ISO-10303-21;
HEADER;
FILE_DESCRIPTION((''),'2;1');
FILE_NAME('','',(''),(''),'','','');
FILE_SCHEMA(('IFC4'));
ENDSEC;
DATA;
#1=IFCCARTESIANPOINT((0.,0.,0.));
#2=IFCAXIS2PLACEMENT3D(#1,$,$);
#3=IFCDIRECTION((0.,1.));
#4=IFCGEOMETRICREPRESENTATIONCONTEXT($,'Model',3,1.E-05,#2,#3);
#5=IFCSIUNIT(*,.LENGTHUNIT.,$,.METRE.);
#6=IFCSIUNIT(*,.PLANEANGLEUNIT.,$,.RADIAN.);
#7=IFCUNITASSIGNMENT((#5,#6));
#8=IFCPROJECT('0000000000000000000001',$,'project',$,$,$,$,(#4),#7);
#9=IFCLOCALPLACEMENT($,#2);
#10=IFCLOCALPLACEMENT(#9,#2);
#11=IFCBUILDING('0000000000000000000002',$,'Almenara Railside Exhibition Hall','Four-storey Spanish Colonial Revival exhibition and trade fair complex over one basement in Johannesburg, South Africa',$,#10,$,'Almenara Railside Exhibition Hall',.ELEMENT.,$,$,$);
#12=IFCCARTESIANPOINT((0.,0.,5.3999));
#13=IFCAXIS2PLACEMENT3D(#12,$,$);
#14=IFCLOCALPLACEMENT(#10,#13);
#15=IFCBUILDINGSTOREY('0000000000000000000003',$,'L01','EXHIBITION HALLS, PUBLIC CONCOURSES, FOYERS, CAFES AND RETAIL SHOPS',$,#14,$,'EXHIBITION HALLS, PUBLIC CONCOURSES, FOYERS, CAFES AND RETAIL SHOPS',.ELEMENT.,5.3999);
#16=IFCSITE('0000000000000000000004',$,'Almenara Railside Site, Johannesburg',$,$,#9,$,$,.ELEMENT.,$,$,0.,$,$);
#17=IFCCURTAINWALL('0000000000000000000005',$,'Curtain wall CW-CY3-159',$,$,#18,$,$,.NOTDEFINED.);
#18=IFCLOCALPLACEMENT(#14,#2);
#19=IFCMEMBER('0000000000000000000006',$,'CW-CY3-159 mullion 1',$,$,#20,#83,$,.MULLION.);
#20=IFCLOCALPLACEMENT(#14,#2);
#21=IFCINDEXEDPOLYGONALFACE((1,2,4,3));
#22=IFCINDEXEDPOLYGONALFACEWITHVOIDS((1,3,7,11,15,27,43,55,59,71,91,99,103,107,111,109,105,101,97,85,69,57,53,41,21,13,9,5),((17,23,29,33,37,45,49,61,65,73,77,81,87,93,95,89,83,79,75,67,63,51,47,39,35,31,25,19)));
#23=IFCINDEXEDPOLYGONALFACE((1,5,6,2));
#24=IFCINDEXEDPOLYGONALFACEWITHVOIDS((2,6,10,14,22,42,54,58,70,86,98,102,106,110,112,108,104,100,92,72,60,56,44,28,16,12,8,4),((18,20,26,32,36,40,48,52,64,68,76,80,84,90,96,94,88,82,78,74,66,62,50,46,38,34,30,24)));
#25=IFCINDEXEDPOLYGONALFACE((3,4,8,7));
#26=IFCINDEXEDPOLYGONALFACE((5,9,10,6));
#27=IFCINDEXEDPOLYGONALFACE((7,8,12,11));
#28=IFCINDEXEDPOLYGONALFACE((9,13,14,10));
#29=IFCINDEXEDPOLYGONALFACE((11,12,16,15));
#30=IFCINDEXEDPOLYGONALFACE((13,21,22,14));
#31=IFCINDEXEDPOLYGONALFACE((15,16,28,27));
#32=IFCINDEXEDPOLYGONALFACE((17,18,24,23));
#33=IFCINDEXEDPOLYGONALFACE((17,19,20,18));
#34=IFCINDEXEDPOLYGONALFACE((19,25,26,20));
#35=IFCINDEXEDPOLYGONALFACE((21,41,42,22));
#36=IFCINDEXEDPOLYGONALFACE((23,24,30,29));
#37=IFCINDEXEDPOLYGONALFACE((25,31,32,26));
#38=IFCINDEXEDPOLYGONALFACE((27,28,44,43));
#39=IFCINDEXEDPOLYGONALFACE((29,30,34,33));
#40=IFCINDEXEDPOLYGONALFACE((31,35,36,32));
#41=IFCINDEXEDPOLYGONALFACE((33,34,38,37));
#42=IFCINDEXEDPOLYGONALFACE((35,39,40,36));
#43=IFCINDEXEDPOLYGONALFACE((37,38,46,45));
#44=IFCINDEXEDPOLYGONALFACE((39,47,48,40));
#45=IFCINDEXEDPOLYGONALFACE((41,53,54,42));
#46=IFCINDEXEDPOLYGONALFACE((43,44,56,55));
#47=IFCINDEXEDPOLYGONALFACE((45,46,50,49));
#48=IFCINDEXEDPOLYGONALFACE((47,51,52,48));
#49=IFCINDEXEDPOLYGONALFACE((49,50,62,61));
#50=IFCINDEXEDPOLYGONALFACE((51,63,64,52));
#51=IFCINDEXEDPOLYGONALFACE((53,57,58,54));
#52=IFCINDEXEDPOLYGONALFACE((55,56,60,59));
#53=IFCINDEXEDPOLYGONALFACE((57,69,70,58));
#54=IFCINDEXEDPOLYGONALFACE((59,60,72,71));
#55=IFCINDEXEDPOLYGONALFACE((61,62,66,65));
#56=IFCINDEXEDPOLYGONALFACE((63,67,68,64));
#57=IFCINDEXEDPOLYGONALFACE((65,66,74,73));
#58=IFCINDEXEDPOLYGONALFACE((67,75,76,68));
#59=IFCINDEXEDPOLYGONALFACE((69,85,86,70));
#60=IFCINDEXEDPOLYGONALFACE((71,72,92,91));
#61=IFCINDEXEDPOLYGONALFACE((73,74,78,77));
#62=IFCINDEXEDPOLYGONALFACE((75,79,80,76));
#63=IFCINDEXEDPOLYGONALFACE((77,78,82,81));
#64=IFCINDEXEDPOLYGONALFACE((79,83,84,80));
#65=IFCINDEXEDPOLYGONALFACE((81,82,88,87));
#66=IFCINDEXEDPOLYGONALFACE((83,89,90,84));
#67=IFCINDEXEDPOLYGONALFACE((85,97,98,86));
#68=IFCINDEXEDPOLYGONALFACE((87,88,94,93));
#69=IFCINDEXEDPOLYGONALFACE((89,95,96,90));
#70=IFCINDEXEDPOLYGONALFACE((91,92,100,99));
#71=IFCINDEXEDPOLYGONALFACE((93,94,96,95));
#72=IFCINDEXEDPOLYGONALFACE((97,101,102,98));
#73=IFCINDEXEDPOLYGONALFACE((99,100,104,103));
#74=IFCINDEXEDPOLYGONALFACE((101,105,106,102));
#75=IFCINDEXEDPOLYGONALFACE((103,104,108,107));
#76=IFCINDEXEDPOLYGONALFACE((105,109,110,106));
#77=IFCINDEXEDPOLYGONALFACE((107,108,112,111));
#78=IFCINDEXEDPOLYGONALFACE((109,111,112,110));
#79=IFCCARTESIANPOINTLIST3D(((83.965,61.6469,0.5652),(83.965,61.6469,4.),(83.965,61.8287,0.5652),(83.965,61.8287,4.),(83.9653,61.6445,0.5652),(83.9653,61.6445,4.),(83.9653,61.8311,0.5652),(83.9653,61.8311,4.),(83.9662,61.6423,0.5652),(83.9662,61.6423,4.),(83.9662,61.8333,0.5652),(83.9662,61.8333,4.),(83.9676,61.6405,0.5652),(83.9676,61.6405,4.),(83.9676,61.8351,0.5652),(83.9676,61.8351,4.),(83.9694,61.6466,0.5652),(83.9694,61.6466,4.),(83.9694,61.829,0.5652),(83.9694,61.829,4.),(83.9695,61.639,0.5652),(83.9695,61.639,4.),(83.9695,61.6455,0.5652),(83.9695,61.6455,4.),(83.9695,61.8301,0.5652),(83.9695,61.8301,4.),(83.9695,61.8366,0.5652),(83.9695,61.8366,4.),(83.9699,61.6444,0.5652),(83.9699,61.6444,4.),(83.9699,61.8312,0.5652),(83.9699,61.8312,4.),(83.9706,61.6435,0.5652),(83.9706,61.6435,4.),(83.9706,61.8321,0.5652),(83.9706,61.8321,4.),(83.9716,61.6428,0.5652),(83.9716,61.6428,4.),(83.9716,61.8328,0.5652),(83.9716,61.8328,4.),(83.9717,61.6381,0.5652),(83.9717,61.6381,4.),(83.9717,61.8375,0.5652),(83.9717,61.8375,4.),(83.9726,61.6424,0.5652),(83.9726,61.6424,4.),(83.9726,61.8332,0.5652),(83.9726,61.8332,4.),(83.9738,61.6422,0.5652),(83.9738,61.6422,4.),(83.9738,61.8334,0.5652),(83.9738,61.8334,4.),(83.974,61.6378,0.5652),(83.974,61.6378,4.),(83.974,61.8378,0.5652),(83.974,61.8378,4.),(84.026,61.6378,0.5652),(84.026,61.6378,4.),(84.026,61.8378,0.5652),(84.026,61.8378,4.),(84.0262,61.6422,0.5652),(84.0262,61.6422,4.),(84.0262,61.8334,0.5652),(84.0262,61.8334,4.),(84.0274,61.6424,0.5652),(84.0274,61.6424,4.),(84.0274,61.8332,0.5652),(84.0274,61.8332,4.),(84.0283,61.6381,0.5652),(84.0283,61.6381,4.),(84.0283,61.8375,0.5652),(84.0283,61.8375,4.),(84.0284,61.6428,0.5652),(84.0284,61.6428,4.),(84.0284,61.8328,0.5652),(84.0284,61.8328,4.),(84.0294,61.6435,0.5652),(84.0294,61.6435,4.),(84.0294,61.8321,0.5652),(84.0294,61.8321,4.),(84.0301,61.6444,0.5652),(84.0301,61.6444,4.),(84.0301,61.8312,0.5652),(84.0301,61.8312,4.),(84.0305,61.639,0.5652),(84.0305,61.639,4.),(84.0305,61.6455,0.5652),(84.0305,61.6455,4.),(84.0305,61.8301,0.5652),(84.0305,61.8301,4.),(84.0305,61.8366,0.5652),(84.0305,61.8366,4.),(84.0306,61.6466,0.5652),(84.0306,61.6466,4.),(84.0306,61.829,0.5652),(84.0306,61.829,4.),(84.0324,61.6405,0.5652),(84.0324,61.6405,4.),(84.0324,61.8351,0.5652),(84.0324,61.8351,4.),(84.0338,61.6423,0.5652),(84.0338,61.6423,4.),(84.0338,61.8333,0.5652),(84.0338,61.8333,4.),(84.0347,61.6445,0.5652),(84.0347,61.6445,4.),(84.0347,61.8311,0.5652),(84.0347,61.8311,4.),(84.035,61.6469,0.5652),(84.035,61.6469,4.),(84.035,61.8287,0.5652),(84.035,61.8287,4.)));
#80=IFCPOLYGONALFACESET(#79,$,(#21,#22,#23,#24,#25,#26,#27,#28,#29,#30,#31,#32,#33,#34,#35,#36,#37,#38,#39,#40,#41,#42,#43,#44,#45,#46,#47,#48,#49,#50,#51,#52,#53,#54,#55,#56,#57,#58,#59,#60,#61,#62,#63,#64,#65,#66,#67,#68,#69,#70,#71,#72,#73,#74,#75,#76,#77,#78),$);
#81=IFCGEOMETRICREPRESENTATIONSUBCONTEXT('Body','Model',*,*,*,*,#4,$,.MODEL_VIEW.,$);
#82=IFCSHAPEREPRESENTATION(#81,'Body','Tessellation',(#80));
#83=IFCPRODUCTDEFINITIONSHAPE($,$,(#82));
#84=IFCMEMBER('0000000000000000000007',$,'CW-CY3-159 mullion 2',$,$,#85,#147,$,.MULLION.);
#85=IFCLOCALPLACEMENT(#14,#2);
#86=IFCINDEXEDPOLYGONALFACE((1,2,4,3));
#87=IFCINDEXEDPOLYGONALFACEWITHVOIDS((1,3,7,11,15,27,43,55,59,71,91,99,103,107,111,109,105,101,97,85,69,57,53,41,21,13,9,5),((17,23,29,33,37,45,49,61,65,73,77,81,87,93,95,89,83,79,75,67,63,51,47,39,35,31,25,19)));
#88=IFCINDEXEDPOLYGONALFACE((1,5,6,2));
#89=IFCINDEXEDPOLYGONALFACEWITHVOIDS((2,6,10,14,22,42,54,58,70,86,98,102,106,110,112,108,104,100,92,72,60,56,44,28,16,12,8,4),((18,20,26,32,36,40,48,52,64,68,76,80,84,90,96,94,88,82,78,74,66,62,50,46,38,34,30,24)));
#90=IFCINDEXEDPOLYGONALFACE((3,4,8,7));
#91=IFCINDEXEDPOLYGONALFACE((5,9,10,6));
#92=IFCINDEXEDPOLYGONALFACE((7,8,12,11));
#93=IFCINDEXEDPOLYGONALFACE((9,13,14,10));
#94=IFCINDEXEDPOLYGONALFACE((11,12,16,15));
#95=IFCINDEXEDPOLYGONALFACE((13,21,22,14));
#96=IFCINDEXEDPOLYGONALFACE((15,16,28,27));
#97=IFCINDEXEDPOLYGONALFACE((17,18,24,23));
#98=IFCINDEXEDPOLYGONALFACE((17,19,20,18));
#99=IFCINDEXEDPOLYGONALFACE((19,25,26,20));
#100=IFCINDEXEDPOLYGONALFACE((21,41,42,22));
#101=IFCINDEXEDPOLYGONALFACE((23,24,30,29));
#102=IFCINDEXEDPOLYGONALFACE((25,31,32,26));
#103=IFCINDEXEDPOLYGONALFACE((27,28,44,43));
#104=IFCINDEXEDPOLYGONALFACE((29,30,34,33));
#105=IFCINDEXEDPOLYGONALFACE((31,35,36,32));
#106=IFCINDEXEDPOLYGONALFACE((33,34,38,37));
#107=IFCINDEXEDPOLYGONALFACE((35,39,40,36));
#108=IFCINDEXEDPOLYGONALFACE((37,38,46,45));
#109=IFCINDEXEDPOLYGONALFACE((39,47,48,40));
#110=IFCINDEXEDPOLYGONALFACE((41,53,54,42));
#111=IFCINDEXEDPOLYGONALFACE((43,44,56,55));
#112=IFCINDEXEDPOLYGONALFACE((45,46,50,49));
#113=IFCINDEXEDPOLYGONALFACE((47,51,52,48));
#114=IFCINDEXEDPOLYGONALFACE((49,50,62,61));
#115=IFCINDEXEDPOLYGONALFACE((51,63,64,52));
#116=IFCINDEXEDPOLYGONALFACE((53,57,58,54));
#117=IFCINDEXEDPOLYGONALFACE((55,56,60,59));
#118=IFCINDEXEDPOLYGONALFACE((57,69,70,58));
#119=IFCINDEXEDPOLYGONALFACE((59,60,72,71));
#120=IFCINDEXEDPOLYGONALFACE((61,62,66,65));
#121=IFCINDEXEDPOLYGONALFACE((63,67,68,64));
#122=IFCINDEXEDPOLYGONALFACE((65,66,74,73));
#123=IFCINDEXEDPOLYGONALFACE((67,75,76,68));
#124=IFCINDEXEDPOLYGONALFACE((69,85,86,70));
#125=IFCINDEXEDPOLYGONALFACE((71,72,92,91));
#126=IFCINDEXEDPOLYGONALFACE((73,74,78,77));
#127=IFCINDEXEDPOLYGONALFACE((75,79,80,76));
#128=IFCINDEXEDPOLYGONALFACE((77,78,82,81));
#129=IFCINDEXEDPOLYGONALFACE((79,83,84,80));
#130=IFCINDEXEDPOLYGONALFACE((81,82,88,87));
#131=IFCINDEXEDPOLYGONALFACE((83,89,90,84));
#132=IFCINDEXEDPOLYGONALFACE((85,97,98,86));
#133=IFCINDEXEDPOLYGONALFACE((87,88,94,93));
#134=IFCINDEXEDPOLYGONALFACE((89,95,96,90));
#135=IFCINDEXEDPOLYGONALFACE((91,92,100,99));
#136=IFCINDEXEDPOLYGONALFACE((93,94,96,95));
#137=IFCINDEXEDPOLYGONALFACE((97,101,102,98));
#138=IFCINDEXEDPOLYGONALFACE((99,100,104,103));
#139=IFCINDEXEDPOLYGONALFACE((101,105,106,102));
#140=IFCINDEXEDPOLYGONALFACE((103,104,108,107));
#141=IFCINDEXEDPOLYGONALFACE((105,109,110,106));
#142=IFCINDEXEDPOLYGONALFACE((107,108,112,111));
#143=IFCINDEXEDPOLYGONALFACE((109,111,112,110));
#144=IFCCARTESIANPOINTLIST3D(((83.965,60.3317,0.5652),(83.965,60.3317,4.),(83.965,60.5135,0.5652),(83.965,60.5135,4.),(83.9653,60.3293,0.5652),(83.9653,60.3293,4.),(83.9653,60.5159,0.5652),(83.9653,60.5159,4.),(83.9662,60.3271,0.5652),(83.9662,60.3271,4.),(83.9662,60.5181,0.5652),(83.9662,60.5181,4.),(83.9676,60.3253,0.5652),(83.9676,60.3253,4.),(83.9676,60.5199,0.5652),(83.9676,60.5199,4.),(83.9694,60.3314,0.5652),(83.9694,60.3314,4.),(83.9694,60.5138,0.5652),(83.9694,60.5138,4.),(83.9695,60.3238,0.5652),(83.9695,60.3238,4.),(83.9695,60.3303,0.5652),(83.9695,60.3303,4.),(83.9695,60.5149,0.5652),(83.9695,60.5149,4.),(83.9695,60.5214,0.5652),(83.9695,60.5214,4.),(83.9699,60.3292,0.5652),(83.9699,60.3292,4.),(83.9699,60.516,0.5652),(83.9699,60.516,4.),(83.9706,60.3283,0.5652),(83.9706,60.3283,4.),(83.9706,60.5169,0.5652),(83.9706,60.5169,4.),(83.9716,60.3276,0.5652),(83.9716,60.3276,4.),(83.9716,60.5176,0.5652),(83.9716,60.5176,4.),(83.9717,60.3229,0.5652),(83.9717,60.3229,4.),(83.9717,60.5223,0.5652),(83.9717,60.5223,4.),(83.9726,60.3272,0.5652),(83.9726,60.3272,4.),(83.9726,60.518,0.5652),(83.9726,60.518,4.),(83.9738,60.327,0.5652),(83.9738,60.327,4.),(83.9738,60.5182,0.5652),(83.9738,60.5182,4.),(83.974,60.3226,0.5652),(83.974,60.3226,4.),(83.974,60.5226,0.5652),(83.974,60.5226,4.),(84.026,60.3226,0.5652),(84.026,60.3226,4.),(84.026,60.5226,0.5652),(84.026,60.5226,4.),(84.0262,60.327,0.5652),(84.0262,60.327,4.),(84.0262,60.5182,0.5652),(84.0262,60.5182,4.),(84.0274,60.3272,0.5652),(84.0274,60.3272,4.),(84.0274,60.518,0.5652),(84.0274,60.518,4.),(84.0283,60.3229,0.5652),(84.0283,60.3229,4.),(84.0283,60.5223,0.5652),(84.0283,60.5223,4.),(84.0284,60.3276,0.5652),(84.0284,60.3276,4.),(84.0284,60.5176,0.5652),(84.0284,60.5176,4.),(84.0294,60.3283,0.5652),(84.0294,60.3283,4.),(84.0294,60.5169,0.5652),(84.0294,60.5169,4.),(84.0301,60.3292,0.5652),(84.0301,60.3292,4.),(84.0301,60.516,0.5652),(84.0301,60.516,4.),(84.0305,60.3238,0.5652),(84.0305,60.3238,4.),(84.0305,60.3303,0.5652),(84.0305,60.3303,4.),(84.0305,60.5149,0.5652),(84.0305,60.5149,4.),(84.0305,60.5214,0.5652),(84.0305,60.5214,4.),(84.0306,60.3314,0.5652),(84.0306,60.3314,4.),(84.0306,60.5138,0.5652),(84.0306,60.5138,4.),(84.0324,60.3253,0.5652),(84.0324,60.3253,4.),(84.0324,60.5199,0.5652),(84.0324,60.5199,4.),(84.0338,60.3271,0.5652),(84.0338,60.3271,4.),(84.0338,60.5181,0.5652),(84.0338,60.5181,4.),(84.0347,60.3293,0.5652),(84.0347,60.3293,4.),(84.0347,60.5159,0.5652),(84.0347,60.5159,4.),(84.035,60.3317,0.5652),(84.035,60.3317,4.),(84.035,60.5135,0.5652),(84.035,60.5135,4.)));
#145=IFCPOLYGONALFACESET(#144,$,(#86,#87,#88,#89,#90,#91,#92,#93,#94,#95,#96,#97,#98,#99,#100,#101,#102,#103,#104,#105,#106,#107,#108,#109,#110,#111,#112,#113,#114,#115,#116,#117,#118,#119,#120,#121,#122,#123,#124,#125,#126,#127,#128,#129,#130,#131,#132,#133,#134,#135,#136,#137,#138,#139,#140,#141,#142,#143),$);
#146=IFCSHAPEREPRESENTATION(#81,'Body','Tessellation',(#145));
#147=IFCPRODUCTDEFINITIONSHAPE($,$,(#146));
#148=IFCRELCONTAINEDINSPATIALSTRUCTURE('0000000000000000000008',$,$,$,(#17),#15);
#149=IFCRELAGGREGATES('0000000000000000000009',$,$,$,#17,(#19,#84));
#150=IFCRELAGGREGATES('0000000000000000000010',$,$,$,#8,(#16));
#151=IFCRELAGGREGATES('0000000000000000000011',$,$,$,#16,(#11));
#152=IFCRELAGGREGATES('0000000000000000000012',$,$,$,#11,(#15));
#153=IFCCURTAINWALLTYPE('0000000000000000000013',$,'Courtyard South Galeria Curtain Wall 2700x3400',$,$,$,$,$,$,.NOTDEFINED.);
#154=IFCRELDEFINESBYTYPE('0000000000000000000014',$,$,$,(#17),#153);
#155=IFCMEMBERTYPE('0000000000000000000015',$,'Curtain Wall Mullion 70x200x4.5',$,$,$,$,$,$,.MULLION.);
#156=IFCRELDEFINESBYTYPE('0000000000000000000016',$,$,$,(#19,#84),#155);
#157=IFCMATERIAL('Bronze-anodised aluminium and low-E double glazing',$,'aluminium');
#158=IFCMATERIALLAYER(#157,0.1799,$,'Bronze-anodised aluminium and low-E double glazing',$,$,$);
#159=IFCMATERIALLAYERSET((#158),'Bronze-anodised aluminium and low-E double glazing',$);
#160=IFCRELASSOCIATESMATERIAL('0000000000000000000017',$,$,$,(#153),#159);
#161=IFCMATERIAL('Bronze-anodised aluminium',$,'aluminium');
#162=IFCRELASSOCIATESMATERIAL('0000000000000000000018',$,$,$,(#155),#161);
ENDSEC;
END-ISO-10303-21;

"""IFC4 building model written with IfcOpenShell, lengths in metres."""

from ifc_helpers import new_model, si_unit, direction, frame, origin, origin_2d, place, context, subcontext, project, spatial, hollow_rectangle, extrude, material, layer, layer_set, material_profile, profile_set, type_object, element, aggregate, save


model = new_model("IFC4")

# Units and contexts
model_context = context("Model", 3, precision=1e-05, world=origin(), true_north=direction((0.0, 1.0)))
body_context = subcontext(model_context, "Body", "Model", "MODEL_VIEW")
ifc_project = project(units=[si_unit("LENGTHUNIT", "METRE"), si_unit("PLANEANGLEUNIT", "RADIAN")], contexts=[model_context])

# Site, building, storey
site_placement = place(None, origin())
site = spatial("IfcSite", under=ifc_project, at=site_placement, Name="Almenara Railside Site, Johannesburg", CompositionType="ELEMENT", RefElevation=0.0)
building_placement = place(site_placement, origin())
building = spatial("IfcBuilding", under=site, at=building_placement, Name="Almenara Railside Exhibition Hall", Description="Four-storey Spanish Colonial Revival exhibition and trade fair complex over one basement in Johannesburg, South Africa", LongName="Almenara Railside Exhibition Hall", CompositionType="ELEMENT")
storey_placement = place(building_placement, frame((0.0, 0.0, 5.3999)))
storey = spatial("IfcBuildingStorey", under=building, at=storey_placement, Name="L01", Description="EXHIBITION HALLS, PUBLIC CONCOURSES, FOYERS, CAFES AND RETAIL SHOPS", LongName="EXHIBITION HALLS, PUBLIC CONCOURSES, FOYERS, CAFES AND RETAIL SHOPS", CompositionType="ELEMENT", Elevation=5.3999)

# Shared definitions
ifc_material_1 = material(Name="Bronze-anodised aluminium and low-E double glazing", Category="aluminium")
ifc_layer_1 = layer(ifc_material_1, 0.1799, Name="Bronze-anodised aluminium and low-E double glazing")
ifc_layer_set_1 = layer_set([ifc_layer_1], Name="Bronze-anodised aluminium and low-E double glazing")
curtain_wall_type_1 = type_object("IfcCurtainWallType", Name="Courtyard South Galeria Curtain Wall 2700x3400", PredefinedType="NOTDEFINED", material=ifc_layer_set_1)
ifc_material_2 = material(Name="Bronze-anodised aluminium", Category="aluminium")

# Curtain wall, members
curtain_wall_1_placement = place(storey_placement, origin())
curtain_wall_1 = element("IfcCurtainWall", 1, at=curtain_wall_1_placement, inside=storey, type_object=curtain_wall_type_1, Name="Curtain wall CW-CY3-159", PredefinedType="NOTDEFINED")
ifc_material_profile_1 = material_profile(ifc_material_2, hollow_rectangle(XDim=0.0701, YDim=0.2, WallThickness=0.0044, InnerFilletRadius=0.0044, OuterFilletRadius=0.009, at=origin_2d()), Name="ALU-MUL 70x200x4.5")
ifc_profile_set_1 = profile_set([ifc_material_profile_1], Name="Bronze-anodised aluminium")
member_type_1 = type_object("IfcMemberType", Name="Curtain Wall Mullion 70x200x4.5", PredefinedType="MULLION", material=ifc_profile_set_1)
member_1_placement = place(storey_placement, frame((84.0, 61.7378, 0.5652), z_axis=(0.0, 0.0, 1.0), x_axis=(1.0, 0.0, 0.0)))
member_1 = element("IfcMember", 2, at=member_1_placement, type_object=member_type_1, Name="CW-CY3-159 mullion 1", PredefinedType="MULLION", context=body_context, shape_type="SweptSolid", body=[
    extrude(hollow_rectangle(XDim=0.0701, YDim=0.2, WallThickness=0.0044, InnerFilletRadius=0.0044, OuterFilletRadius=0.009, at=origin_2d()), origin(), (0.0, 0.0, 1.0), 3.4348),
])
member_2_placement = place(storey_placement, frame((84.0, 60.4226, 0.5652), z_axis=(0.0, 0.0, 1.0), x_axis=(1.0, 0.0, 0.0)))
member_2 = element("IfcMember", 3, at=member_2_placement, type_object=member_type_1, Name="CW-CY3-159 mullion 2", PredefinedType="MULLION", context=body_context, shape_type="SweptSolid", body=[
    extrude(hollow_rectangle(XDim=0.0701, YDim=0.2, WallThickness=0.0044, InnerFilletRadius=0.0044, OuterFilletRadius=0.009, at=origin_2d()), origin(), (0.0, 0.0, 1.0), 3.4348),
])

aggregate(curtain_wall_1, [member_1, member_2])

save(model, "model.ifc")
